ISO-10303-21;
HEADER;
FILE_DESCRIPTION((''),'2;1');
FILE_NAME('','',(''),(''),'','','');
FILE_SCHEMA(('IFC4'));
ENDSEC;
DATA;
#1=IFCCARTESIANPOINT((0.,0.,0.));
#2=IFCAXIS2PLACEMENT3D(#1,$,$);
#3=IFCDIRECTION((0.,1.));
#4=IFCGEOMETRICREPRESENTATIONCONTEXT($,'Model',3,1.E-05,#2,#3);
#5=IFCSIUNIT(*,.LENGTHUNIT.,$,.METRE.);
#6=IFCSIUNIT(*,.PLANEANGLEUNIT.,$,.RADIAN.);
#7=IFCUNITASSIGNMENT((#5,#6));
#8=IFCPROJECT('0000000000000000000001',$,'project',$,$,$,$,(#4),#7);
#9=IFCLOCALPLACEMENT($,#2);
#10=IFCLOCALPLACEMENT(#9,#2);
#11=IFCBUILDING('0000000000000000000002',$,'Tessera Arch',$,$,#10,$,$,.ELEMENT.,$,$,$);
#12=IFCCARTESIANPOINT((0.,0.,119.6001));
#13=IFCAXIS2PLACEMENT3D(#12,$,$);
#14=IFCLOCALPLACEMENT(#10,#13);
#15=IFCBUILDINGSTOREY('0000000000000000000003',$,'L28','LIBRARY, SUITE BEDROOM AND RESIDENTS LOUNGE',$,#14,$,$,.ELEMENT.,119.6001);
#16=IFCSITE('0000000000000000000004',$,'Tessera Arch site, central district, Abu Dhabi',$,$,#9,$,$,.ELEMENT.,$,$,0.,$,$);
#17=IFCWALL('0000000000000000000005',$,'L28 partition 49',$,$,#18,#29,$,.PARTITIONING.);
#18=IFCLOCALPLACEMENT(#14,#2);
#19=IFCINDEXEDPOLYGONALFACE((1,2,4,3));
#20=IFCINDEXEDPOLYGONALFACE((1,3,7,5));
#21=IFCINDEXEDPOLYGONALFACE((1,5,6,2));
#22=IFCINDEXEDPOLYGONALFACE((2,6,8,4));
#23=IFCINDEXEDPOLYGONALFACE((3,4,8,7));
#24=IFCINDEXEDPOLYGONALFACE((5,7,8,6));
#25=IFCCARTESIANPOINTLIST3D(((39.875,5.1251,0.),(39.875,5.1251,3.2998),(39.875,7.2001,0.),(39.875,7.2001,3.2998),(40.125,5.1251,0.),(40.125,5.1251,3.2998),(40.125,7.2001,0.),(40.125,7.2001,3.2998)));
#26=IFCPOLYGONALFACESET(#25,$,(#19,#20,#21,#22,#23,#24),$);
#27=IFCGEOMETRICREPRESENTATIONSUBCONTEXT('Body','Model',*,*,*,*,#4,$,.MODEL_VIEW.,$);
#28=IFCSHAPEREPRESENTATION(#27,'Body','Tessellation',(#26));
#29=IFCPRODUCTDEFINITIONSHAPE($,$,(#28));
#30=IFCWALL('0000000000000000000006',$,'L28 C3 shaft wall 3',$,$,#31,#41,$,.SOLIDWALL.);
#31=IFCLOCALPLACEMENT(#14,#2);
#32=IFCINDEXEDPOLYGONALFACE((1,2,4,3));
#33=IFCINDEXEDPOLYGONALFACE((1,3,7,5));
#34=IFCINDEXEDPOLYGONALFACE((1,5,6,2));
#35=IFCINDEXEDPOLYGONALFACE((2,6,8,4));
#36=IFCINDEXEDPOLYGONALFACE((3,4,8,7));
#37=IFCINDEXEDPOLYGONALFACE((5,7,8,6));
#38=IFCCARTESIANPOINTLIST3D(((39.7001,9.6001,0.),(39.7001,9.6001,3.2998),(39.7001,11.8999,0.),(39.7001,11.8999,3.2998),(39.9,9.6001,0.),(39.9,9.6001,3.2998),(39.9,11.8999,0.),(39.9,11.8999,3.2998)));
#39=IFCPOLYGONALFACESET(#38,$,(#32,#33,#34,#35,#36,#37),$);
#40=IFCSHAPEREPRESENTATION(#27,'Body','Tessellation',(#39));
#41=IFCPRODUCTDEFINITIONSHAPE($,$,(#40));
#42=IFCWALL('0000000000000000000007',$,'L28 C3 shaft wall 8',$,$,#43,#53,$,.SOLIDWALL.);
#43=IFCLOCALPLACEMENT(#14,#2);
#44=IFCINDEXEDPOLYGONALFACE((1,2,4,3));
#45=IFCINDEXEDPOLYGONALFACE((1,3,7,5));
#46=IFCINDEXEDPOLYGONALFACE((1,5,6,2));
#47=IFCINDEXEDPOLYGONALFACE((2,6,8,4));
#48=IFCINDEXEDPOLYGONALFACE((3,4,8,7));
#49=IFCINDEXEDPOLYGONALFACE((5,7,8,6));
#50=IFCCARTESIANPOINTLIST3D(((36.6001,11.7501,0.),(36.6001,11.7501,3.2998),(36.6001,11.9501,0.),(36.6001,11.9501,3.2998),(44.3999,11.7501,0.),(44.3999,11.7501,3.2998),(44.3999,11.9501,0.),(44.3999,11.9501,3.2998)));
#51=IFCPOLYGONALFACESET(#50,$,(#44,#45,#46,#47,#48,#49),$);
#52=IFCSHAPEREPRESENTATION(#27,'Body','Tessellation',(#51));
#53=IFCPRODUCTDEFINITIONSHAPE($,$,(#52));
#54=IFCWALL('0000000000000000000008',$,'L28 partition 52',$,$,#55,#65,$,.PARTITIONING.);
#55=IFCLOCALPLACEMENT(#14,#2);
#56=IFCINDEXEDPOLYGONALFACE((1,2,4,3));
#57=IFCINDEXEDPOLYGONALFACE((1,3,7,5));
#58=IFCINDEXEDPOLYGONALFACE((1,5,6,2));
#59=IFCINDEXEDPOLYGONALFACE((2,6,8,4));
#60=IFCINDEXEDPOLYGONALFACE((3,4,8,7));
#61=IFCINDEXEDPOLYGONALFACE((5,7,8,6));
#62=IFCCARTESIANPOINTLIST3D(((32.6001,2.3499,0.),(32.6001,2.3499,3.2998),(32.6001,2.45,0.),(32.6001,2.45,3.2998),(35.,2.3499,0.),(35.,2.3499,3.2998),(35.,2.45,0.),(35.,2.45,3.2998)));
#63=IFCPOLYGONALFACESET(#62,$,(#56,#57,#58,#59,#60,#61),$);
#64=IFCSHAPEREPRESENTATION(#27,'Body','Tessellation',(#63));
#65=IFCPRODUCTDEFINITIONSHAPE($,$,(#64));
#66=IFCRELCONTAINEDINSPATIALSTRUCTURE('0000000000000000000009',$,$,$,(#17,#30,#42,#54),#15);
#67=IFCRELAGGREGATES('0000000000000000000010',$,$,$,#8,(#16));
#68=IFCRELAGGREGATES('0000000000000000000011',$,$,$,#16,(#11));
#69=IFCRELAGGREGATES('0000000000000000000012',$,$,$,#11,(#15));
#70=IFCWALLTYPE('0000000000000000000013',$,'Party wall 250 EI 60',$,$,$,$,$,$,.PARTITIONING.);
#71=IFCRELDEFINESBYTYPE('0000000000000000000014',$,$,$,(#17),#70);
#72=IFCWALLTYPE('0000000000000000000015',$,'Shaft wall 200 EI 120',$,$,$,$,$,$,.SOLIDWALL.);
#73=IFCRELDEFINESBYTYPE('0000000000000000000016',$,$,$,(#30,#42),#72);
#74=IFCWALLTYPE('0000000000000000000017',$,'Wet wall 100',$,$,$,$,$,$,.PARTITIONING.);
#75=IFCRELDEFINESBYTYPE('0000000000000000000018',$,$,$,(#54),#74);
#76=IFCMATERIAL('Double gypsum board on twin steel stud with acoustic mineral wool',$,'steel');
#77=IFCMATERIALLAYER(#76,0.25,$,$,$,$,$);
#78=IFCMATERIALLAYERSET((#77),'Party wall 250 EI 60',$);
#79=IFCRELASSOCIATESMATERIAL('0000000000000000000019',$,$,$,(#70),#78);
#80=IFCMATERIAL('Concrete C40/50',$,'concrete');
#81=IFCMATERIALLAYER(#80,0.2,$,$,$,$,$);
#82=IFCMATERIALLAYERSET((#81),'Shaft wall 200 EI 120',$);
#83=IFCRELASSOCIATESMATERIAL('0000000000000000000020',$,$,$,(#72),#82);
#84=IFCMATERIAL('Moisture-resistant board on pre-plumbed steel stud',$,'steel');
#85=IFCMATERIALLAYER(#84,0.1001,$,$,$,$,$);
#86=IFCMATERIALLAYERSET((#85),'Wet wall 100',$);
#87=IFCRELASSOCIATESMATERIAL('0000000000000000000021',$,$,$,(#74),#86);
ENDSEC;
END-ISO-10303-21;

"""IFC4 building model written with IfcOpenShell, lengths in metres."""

from ifc_helpers import new_model, si_unit, direction, frame, frame_2d, origin, place, context, subcontext, project, spatial, rectangle, extrude, material, layer, layer_set, type_object, element, save


model = new_model("IFC4")

# Units and contexts
model_context = context("Model", 3, precision=1e-05, world=origin(), true_north=direction((0.0, 1.0)))
body_context = subcontext(model_context, "Body", "Model", "MODEL_VIEW")
ifc_project = project(units=[si_unit("LENGTHUNIT", "METRE"), si_unit("PLANEANGLEUNIT", "RADIAN")], contexts=[model_context])

# Site, building, storey
site_placement = place(None, origin())
site = spatial("IfcSite", under=ifc_project, at=site_placement, Name="Tessera Arch site, central district, Abu Dhabi", CompositionType="ELEMENT", RefElevation=0.0)
building_placement = place(site_placement, origin())
building = spatial("IfcBuilding", under=site, at=building_placement, Name="Tessera Arch", CompositionType="ELEMENT")
storey_placement = place(building_placement, frame((0.0, 0.0, 119.6001)))
storey = spatial("IfcBuildingStorey", under=building, at=storey_placement, Name="L28", Description="LIBRARY, SUITE BEDROOM AND RESIDENTS LOUNGE", CompositionType="ELEMENT", Elevation=119.6001)

# Walls
ifc_material_1 = material(Name="Double gypsum board on twin steel stud with acoustic mineral wool", Category="steel")
ifc_layer_1 = layer(ifc_material_1, 0.25)
ifc_layer_set_1 = layer_set([ifc_layer_1], Name="Party wall 250 EI 60")
wall_type_1 = type_object("IfcWallType", Name="Party wall 250 EI 60", PredefinedType="PARTITIONING", material=ifc_layer_set_1)
wall_1_placement = place(storey_placement, frame((40.0, 5.125, 0.0), z_axis=(0.0, 0.0, 1.0), x_axis=(0.0, 1.0, 0.0)))
element("IfcWall", 1, at=wall_1_placement, inside=storey, type_object=wall_type_1, Name="L28 partition 49", PredefinedType="PARTITIONING", context=body_context, shape_type="SweptSolid", body=[
    extrude(rectangle(XDim=2.075, YDim=0.25, at=frame_2d((1.0376, 0.0))), origin(), (0.0, 0.0, 1.0), 3.2998),
])
ifc_material_2 = material(Name="Concrete C40/50", Category="concrete")
ifc_layer_2 = layer(ifc_material_2, 0.2)
ifc_layer_set_2 = layer_set([ifc_layer_2], Name="Shaft wall 200 EI 120")
wall_type_2 = type_object("IfcWallType", Name="Shaft wall 200 EI 120", PredefinedType="SOLIDWALL", material=ifc_layer_set_2)
wall_2_placement = place(storey_placement, frame((39.8, 9.6001, 0.0), z_axis=(0.0, 0.0, 1.0), x_axis=(0.0, 1.0, 0.0)))
element("IfcWall", 2, at=wall_2_placement, inside=storey, type_object=wall_type_2, Name="L28 C3 shaft wall 3", PredefinedType="SOLIDWALL", context=body_context, shape_type="SweptSolid", body=[
    extrude(rectangle(XDim=2.2998, YDim=0.2, at=frame_2d((1.1499, 0.0))), origin(), (0.0, 0.0, 1.0), 3.2998),
])
wall_3_placement = place(storey_placement, frame((36.6001, 11.8501, 0.0), z_axis=(0.0, 0.0, 1.0), x_axis=(1.0, 0.0, 0.0)))
element("IfcWall", 3, at=wall_3_placement, inside=storey, type_object=wall_type_2, Name="L28 C3 shaft wall 8", PredefinedType="SOLIDWALL", context=body_context, shape_type="SweptSolid", body=[
    extrude(rectangle(XDim=7.7998, YDim=0.2, at=frame_2d((3.8999, 0.0))), origin(), (0.0, 0.0, 1.0), 3.2998),
])
ifc_material_3 = material(Name="Moisture-resistant board on pre-plumbed steel stud", Category="steel")
ifc_layer_3 = layer(ifc_material_3, 0.1001)
ifc_layer_set_3 = layer_set([ifc_layer_3], Name="Wet wall 100")
wall_type_3 = type_object("IfcWallType", Name="Wet wall 100", PredefinedType="PARTITIONING", material=ifc_layer_set_3)
wall_4_placement = place(storey_placement, frame((32.6001, 2.3999, 0.0), z_axis=(0.0, 0.0, 1.0), x_axis=(1.0, 0.0, 0.0)))
element("IfcWall", 4, at=wall_4_placement, inside=storey, type_object=wall_type_3, Name="L28 partition 52", PredefinedType="PARTITIONING", context=body_context, shape_type="SweptSolid", body=[
    extrude(rectangle(XDim=2.3999, YDim=0.1001, at=frame_2d((1.2, 0.0))), origin(), (0.0, 0.0, 1.0), 3.2998),
])

save(model, "model.ifc")
